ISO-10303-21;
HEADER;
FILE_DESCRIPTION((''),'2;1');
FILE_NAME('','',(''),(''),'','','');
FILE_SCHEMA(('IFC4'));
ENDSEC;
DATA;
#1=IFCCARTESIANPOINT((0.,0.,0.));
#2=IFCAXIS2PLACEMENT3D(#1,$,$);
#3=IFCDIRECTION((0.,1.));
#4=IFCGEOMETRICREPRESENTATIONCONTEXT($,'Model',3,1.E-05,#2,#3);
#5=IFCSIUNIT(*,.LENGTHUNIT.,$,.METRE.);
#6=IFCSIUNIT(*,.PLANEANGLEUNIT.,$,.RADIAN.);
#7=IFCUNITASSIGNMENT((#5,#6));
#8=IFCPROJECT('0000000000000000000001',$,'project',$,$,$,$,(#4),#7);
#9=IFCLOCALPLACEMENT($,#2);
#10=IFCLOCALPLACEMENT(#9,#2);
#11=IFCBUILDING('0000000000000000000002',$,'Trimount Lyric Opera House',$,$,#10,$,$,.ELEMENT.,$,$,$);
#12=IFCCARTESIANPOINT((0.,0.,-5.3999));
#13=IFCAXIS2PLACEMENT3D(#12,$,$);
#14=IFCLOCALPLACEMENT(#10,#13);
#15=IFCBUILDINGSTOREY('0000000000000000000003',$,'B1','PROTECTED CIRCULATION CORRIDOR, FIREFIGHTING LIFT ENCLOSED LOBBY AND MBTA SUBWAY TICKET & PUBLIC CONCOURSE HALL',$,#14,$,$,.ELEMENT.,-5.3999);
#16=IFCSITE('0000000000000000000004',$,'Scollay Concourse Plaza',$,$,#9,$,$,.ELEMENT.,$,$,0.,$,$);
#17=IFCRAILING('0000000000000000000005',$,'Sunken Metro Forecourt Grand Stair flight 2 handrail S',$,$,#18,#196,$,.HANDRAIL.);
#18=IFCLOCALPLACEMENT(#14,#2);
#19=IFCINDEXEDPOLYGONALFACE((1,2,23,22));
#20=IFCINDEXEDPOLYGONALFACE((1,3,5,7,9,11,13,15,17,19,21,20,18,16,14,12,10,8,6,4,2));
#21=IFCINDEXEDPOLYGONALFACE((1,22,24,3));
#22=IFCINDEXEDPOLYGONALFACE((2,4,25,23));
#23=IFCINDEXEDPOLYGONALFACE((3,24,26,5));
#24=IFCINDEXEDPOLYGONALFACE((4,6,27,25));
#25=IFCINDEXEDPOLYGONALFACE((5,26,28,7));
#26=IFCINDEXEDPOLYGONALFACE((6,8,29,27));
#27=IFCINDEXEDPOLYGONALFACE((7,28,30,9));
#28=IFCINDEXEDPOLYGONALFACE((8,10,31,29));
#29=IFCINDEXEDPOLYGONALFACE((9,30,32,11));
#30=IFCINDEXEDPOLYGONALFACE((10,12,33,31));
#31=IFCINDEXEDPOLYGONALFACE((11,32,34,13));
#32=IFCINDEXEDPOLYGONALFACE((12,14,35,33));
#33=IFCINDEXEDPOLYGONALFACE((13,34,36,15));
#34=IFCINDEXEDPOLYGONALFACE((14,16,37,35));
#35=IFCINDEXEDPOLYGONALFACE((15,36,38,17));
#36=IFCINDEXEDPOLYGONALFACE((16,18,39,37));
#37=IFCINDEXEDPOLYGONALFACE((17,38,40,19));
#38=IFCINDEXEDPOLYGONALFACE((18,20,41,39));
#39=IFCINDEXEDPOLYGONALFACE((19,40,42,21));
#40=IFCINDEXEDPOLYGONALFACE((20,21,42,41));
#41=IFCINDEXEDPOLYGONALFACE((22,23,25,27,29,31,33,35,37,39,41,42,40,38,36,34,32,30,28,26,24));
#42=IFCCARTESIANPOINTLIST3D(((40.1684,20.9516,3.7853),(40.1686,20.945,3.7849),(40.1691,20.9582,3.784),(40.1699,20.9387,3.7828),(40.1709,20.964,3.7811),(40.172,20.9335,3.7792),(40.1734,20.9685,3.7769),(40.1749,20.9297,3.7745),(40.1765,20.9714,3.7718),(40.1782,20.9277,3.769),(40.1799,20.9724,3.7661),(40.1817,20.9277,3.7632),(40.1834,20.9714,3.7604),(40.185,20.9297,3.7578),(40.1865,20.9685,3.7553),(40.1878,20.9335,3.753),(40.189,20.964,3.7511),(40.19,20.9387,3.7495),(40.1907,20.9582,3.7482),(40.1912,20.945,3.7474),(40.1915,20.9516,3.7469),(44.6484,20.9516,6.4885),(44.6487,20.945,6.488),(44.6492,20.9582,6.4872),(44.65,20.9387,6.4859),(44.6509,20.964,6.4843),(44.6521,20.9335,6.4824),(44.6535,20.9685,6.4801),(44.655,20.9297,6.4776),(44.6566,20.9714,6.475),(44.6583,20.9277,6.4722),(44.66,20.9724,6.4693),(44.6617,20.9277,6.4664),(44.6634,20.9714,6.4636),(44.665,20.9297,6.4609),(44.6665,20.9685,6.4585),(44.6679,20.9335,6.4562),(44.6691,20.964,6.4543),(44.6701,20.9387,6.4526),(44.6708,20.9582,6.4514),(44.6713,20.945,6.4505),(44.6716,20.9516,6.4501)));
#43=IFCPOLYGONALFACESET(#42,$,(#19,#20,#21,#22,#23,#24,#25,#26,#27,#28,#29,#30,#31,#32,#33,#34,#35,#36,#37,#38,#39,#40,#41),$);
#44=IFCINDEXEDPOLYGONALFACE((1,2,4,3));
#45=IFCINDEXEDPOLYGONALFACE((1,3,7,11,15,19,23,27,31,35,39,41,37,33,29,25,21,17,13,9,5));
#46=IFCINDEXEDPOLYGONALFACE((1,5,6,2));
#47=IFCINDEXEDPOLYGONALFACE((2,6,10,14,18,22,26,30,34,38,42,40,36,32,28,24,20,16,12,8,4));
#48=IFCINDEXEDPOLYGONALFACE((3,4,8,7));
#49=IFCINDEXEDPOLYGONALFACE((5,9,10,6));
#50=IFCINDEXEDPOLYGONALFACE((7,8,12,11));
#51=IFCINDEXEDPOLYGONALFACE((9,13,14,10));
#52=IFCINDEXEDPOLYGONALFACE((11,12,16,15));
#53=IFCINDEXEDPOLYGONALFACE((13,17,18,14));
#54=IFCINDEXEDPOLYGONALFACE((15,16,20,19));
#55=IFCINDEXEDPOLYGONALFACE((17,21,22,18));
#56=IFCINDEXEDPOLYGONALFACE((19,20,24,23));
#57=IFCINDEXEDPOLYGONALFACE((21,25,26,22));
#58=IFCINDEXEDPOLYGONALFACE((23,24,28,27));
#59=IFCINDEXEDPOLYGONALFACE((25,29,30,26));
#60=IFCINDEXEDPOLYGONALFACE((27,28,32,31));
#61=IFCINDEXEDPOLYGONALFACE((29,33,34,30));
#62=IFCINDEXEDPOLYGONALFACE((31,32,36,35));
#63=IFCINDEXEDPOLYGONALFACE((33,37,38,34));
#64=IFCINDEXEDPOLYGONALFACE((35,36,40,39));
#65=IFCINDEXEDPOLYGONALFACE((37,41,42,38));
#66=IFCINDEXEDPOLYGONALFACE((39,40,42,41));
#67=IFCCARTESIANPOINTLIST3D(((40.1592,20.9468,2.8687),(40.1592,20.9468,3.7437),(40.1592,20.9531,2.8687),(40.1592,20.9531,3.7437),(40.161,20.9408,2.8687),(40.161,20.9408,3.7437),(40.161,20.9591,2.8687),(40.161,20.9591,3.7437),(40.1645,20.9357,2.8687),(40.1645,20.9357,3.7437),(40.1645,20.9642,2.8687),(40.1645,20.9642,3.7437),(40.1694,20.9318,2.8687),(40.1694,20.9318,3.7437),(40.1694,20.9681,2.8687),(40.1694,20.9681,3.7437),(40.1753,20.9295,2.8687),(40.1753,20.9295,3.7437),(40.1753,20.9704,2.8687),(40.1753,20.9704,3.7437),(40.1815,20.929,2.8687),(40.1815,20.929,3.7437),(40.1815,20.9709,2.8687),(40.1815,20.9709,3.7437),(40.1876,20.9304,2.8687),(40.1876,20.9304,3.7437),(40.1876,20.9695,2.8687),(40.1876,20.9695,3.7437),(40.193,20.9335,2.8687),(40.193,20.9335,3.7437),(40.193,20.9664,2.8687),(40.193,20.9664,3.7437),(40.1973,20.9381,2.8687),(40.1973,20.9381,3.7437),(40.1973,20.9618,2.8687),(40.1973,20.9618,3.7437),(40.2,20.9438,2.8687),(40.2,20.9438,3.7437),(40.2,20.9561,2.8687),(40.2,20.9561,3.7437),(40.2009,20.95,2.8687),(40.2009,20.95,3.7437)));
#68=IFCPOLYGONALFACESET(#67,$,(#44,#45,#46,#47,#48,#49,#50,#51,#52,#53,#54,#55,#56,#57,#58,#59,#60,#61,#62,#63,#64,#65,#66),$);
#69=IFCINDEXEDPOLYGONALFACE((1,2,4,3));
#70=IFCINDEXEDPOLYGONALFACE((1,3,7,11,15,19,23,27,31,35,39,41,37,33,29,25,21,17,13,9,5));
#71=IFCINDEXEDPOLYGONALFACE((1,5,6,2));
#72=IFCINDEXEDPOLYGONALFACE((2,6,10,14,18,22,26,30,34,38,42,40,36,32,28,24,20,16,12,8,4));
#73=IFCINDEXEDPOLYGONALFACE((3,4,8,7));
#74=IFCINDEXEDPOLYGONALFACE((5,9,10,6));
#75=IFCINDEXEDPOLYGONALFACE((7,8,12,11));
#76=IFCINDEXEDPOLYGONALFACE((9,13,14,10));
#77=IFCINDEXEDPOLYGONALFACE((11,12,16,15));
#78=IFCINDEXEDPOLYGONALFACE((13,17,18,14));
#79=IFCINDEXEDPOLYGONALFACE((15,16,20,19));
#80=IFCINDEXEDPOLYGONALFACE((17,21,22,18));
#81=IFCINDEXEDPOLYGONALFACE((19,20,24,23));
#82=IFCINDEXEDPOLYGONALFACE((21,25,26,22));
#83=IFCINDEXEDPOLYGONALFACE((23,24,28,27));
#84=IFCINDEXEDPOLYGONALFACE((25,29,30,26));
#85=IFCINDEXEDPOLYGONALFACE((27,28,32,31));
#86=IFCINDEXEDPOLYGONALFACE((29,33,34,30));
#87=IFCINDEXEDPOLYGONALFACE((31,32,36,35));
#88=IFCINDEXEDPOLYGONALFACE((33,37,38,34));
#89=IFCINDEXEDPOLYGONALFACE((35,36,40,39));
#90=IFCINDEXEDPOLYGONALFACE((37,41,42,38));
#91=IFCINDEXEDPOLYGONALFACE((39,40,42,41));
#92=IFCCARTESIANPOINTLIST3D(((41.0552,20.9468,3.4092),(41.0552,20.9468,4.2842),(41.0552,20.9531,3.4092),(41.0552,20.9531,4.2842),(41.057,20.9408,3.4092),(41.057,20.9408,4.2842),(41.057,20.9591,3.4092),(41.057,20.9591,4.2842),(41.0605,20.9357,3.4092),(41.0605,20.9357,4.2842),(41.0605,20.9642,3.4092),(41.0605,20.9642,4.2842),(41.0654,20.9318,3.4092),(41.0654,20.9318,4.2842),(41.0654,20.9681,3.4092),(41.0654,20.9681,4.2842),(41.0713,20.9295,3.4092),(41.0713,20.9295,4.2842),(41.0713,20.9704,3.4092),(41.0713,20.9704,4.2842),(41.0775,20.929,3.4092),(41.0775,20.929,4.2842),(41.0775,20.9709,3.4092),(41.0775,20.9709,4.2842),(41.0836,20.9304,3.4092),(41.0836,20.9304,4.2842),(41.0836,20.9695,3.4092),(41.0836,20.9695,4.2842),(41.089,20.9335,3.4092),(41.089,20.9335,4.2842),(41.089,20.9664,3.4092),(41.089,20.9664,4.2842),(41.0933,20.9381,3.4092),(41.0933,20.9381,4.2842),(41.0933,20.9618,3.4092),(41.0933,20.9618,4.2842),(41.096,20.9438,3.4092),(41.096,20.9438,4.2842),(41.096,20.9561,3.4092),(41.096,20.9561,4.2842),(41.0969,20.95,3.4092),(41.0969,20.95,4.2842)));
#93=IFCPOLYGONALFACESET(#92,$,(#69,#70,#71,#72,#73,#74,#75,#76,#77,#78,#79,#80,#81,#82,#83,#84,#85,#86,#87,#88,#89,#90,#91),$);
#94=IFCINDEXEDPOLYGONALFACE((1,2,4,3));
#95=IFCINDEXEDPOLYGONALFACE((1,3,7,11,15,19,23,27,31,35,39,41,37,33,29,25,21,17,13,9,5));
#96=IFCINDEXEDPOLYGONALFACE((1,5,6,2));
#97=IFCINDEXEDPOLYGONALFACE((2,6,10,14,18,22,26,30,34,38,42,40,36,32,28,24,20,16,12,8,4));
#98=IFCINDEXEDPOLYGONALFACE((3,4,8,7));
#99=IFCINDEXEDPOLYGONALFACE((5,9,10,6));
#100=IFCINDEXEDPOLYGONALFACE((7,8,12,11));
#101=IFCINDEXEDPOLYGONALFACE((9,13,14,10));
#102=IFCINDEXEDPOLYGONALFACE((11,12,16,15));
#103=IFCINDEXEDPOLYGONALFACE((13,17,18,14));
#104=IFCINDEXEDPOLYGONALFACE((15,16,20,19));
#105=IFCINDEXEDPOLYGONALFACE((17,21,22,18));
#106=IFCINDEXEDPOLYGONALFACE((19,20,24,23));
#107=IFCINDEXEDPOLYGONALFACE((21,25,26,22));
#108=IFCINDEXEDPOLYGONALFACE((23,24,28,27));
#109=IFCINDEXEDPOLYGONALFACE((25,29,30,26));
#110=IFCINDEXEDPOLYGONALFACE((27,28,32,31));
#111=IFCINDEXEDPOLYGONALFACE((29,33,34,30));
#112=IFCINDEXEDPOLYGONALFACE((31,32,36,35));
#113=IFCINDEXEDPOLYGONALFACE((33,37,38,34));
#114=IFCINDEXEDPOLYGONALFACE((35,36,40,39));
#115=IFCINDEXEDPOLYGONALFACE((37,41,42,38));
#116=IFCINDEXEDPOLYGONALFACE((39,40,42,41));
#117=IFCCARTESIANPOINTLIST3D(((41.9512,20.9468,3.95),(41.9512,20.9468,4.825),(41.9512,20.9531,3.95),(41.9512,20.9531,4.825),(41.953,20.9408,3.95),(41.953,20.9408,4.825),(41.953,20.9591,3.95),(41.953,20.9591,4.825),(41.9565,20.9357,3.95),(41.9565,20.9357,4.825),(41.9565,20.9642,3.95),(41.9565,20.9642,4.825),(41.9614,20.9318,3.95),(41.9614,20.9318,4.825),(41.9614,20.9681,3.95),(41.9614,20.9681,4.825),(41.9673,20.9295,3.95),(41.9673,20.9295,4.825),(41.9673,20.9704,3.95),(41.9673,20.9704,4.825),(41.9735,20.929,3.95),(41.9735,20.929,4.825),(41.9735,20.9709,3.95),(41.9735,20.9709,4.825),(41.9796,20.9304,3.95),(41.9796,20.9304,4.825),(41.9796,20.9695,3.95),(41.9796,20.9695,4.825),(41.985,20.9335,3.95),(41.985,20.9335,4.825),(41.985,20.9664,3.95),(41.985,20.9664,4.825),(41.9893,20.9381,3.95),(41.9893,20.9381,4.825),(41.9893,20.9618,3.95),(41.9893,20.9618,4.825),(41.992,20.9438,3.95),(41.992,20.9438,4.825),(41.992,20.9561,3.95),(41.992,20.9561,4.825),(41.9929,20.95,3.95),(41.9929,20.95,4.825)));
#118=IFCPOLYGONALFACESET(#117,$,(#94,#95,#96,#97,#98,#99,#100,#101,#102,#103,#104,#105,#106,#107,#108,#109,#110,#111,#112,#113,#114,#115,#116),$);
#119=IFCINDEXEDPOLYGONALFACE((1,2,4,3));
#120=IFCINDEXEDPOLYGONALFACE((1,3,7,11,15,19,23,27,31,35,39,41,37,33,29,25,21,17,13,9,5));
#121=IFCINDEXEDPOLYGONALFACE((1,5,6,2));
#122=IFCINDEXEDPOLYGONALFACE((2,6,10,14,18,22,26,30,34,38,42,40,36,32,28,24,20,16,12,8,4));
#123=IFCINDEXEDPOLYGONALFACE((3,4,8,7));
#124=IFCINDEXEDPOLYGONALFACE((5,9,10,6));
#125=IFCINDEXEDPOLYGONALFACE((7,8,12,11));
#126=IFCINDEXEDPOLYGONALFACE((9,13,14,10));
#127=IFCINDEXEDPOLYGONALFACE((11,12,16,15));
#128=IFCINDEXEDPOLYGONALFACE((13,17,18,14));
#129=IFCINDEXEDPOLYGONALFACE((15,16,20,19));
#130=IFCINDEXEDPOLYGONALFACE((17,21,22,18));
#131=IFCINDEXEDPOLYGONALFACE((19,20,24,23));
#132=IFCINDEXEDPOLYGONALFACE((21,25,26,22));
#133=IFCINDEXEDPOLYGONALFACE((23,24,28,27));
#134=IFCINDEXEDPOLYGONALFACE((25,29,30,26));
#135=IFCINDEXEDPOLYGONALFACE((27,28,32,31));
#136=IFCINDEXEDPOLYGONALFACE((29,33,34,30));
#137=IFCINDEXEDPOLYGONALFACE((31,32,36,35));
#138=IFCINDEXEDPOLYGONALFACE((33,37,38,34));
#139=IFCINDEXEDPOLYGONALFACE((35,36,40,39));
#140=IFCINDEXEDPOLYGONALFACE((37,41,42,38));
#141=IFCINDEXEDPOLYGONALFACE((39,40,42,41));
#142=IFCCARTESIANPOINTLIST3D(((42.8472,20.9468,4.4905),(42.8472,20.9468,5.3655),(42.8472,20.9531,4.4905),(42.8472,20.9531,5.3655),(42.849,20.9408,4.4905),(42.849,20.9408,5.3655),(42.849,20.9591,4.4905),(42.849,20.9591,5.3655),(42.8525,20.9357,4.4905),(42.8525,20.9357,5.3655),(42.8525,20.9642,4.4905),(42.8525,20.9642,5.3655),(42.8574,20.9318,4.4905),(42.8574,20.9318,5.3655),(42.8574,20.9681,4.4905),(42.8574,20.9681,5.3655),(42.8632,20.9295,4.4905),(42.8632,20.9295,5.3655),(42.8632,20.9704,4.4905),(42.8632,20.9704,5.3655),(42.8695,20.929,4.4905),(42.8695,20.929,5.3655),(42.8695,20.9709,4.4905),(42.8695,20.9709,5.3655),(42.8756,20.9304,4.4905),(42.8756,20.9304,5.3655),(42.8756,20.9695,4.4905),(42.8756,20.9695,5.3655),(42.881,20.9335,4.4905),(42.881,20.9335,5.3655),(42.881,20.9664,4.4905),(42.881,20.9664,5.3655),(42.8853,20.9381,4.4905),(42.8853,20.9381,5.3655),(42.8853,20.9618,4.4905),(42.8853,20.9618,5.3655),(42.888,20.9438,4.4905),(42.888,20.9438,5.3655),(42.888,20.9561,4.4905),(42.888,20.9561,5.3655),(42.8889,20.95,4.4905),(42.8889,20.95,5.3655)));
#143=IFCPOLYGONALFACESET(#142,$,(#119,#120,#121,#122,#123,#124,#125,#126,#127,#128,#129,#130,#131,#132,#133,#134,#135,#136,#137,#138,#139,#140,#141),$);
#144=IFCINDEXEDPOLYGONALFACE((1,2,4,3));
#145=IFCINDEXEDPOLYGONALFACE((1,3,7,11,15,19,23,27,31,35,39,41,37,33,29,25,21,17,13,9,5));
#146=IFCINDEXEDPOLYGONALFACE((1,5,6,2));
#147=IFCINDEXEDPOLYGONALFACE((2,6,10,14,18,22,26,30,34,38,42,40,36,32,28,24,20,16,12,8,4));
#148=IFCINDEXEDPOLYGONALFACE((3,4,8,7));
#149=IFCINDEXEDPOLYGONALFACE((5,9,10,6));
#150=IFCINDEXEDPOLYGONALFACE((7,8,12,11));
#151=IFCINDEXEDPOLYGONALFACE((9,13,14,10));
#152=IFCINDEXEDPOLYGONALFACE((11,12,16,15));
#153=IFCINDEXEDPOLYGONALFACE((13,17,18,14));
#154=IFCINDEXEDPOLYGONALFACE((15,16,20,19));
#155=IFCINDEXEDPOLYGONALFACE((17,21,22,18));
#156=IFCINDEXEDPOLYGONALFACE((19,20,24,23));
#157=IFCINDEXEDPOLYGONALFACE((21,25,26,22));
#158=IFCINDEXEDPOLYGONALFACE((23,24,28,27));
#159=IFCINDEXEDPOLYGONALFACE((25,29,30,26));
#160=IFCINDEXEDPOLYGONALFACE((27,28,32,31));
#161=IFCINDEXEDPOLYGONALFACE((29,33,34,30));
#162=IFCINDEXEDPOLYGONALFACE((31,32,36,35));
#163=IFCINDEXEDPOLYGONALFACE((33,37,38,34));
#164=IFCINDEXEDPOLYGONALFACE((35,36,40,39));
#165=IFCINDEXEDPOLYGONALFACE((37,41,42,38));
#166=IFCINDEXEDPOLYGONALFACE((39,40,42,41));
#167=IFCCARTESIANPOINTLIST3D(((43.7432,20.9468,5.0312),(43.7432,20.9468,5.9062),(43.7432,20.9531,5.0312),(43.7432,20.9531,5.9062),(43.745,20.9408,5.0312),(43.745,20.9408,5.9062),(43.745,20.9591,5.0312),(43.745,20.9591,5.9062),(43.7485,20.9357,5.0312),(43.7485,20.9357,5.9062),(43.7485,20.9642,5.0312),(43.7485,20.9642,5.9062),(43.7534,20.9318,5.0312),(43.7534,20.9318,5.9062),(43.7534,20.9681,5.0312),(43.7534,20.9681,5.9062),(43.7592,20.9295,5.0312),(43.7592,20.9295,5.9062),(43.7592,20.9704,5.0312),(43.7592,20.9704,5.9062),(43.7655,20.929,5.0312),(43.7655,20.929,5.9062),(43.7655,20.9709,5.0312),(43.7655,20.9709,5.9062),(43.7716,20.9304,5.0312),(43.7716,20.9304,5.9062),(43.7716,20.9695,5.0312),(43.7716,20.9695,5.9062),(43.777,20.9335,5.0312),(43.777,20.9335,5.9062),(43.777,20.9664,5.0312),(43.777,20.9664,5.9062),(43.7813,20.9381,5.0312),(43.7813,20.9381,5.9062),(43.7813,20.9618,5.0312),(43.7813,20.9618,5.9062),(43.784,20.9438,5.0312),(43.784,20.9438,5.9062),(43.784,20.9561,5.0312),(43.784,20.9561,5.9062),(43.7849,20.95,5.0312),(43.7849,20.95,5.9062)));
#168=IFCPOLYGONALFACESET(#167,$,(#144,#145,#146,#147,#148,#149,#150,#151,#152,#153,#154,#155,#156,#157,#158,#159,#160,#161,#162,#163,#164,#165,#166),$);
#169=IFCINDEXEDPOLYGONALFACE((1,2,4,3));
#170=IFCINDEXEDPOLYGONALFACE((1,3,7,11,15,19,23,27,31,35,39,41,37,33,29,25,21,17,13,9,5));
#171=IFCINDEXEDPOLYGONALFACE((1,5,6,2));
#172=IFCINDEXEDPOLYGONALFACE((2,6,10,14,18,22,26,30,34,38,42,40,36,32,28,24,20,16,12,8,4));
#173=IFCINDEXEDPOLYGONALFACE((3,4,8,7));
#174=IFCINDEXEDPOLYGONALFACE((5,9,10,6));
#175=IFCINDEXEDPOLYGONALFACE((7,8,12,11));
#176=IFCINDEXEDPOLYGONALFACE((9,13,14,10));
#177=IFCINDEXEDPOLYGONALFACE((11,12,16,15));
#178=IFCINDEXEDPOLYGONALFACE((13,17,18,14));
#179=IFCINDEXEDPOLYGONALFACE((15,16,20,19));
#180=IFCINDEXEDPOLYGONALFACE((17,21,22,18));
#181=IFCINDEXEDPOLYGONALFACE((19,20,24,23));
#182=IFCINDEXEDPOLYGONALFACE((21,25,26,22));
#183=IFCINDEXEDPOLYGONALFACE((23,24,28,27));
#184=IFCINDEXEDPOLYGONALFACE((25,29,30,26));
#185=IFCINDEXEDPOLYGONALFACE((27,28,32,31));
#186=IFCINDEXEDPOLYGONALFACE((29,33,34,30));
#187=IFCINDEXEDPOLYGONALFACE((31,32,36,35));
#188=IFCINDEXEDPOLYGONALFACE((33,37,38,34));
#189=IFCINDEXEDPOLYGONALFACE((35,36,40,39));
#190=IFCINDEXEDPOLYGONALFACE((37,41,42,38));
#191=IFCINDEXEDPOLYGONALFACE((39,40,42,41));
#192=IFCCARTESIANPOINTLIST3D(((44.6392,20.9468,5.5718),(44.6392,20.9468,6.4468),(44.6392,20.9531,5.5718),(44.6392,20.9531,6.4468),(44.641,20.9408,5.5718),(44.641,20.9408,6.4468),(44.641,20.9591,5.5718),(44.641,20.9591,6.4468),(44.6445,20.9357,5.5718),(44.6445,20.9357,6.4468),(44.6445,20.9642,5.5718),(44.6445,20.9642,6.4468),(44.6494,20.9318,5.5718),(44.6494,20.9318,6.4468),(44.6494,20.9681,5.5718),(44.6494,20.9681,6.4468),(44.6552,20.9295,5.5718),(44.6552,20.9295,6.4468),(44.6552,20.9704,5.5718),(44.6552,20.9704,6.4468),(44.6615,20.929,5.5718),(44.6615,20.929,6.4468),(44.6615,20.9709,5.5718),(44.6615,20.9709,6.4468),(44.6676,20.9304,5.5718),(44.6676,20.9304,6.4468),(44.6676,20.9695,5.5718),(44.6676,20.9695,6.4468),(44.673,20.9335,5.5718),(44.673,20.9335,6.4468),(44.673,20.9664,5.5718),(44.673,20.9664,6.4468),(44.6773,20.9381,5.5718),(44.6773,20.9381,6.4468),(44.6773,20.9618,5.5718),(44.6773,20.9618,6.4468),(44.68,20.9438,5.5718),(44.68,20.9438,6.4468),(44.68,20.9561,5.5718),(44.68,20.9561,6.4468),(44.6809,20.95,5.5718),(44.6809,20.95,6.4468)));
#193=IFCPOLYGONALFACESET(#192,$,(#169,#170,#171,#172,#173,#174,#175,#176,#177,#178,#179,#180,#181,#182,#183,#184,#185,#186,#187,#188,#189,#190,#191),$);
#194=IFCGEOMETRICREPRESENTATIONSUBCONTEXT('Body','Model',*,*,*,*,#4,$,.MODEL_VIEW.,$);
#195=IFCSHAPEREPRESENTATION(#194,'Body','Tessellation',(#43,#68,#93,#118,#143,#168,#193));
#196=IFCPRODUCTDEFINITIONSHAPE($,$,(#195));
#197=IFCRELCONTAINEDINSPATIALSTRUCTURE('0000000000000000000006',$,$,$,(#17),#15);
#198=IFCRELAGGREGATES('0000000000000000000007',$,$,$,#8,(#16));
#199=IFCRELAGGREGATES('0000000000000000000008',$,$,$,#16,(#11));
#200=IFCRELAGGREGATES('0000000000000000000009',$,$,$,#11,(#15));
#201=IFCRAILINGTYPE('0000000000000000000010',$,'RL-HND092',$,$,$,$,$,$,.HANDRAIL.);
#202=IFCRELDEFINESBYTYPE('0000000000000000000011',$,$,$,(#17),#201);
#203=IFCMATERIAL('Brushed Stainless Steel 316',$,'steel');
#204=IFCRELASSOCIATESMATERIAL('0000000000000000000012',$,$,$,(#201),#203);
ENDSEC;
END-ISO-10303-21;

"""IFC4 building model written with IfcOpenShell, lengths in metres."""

from ifc_helpers import new_model, si_unit, direction, frame, origin, origin_2d, place, context, subcontext, project, spatial, circle, extrude, material, type_object, element, save


model = new_model("IFC4")

# Units and contexts
model_context = context("Model", 3, precision=1e-05, world=origin(), true_north=direction((0.0, 1.0)))
body_context = subcontext(model_context, "Body", "Model", "MODEL_VIEW")
ifc_project = project(units=[si_unit("LENGTHUNIT", "METRE"), si_unit("PLANEANGLEUNIT", "RADIAN")], contexts=[model_context])

# Site, building, storey
site_placement = place(None, origin())
site = spatial("IfcSite", under=ifc_project, at=site_placement, Name="Scollay Concourse Plaza", CompositionType="ELEMENT", RefElevation=0.0)
building_placement = place(site_placement, origin())
building = spatial("IfcBuilding", under=site, at=building_placement, Name="Trimount Lyric Opera House", CompositionType="ELEMENT")
storey_placement = place(building_placement, frame((0.0, 0.0, -5.3999)))
storey = spatial("IfcBuildingStorey", under=building, at=storey_placement, Name="B1", Description="PROTECTED CIRCULATION CORRIDOR, FIREFIGHTING LIFT ENCLOSED LOBBY AND MBTA SUBWAY TICKET & PUBLIC CONCOURSE HALL", CompositionType="ELEMENT", Elevation=-5.3999)

# Railing
ifc_material_1 = material(Name="Brushed Stainless Steel 316", Category="steel")
railing_type = type_object("IfcRailingType", Name="RL-HND092", PredefinedType="HANDRAIL", material=ifc_material_1)
for number, where, name in (
    (1, (40.1799, 20.95, 2.8687), "Sunken Metro Forecourt Grand Stair flight 2 handrail S"),
):
    element("IfcRailing", number, at=place(storey_placement, frame(where)), inside=storey, type_object=railing_type, Name=name, PredefinedType="HANDRAIL", context=body_context, shape_type="SweptSolid", body=[
        extrude(circle(Radius=0.0225, at=origin_2d()), frame((0.0, 0.0, 0.8975), z_axis=(0.856214, 0.0, 0.516621), x_axis=(0.0, 1.0, 0.0)), (0.0, 0.0, 1.0), 5.2324),
        extrude(circle(Radius=0.021, at=origin_2d()), origin(), (0.0, 0.0, 1.0), 0.875),
        extrude(circle(Radius=0.021, at=origin_2d()), frame((0.896, 0.0, 0.5405)), (0.0, 0.0, 1.0), 0.875),
        extrude(circle(Radius=0.021, at=origin_2d()), frame((1.792, 0.0, 1.0813)), (0.0, 0.0, 1.0), 0.875),
        extrude(circle(Radius=0.021, at=origin_2d()), frame((2.688, 0.0, 1.6218)), (0.0, 0.0, 1.0), 0.875),
        extrude(circle(Radius=0.021, at=origin_2d()), frame((3.584, 0.0, 2.1626)), (0.0, 0.0, 1.0), 0.875),
        extrude(circle(Radius=0.021, at=origin_2d()), frame((4.48, 0.0, 2.7031)), (0.0, 0.0, 1.0), 0.875),
    ])

save(model, "model.ifc")
